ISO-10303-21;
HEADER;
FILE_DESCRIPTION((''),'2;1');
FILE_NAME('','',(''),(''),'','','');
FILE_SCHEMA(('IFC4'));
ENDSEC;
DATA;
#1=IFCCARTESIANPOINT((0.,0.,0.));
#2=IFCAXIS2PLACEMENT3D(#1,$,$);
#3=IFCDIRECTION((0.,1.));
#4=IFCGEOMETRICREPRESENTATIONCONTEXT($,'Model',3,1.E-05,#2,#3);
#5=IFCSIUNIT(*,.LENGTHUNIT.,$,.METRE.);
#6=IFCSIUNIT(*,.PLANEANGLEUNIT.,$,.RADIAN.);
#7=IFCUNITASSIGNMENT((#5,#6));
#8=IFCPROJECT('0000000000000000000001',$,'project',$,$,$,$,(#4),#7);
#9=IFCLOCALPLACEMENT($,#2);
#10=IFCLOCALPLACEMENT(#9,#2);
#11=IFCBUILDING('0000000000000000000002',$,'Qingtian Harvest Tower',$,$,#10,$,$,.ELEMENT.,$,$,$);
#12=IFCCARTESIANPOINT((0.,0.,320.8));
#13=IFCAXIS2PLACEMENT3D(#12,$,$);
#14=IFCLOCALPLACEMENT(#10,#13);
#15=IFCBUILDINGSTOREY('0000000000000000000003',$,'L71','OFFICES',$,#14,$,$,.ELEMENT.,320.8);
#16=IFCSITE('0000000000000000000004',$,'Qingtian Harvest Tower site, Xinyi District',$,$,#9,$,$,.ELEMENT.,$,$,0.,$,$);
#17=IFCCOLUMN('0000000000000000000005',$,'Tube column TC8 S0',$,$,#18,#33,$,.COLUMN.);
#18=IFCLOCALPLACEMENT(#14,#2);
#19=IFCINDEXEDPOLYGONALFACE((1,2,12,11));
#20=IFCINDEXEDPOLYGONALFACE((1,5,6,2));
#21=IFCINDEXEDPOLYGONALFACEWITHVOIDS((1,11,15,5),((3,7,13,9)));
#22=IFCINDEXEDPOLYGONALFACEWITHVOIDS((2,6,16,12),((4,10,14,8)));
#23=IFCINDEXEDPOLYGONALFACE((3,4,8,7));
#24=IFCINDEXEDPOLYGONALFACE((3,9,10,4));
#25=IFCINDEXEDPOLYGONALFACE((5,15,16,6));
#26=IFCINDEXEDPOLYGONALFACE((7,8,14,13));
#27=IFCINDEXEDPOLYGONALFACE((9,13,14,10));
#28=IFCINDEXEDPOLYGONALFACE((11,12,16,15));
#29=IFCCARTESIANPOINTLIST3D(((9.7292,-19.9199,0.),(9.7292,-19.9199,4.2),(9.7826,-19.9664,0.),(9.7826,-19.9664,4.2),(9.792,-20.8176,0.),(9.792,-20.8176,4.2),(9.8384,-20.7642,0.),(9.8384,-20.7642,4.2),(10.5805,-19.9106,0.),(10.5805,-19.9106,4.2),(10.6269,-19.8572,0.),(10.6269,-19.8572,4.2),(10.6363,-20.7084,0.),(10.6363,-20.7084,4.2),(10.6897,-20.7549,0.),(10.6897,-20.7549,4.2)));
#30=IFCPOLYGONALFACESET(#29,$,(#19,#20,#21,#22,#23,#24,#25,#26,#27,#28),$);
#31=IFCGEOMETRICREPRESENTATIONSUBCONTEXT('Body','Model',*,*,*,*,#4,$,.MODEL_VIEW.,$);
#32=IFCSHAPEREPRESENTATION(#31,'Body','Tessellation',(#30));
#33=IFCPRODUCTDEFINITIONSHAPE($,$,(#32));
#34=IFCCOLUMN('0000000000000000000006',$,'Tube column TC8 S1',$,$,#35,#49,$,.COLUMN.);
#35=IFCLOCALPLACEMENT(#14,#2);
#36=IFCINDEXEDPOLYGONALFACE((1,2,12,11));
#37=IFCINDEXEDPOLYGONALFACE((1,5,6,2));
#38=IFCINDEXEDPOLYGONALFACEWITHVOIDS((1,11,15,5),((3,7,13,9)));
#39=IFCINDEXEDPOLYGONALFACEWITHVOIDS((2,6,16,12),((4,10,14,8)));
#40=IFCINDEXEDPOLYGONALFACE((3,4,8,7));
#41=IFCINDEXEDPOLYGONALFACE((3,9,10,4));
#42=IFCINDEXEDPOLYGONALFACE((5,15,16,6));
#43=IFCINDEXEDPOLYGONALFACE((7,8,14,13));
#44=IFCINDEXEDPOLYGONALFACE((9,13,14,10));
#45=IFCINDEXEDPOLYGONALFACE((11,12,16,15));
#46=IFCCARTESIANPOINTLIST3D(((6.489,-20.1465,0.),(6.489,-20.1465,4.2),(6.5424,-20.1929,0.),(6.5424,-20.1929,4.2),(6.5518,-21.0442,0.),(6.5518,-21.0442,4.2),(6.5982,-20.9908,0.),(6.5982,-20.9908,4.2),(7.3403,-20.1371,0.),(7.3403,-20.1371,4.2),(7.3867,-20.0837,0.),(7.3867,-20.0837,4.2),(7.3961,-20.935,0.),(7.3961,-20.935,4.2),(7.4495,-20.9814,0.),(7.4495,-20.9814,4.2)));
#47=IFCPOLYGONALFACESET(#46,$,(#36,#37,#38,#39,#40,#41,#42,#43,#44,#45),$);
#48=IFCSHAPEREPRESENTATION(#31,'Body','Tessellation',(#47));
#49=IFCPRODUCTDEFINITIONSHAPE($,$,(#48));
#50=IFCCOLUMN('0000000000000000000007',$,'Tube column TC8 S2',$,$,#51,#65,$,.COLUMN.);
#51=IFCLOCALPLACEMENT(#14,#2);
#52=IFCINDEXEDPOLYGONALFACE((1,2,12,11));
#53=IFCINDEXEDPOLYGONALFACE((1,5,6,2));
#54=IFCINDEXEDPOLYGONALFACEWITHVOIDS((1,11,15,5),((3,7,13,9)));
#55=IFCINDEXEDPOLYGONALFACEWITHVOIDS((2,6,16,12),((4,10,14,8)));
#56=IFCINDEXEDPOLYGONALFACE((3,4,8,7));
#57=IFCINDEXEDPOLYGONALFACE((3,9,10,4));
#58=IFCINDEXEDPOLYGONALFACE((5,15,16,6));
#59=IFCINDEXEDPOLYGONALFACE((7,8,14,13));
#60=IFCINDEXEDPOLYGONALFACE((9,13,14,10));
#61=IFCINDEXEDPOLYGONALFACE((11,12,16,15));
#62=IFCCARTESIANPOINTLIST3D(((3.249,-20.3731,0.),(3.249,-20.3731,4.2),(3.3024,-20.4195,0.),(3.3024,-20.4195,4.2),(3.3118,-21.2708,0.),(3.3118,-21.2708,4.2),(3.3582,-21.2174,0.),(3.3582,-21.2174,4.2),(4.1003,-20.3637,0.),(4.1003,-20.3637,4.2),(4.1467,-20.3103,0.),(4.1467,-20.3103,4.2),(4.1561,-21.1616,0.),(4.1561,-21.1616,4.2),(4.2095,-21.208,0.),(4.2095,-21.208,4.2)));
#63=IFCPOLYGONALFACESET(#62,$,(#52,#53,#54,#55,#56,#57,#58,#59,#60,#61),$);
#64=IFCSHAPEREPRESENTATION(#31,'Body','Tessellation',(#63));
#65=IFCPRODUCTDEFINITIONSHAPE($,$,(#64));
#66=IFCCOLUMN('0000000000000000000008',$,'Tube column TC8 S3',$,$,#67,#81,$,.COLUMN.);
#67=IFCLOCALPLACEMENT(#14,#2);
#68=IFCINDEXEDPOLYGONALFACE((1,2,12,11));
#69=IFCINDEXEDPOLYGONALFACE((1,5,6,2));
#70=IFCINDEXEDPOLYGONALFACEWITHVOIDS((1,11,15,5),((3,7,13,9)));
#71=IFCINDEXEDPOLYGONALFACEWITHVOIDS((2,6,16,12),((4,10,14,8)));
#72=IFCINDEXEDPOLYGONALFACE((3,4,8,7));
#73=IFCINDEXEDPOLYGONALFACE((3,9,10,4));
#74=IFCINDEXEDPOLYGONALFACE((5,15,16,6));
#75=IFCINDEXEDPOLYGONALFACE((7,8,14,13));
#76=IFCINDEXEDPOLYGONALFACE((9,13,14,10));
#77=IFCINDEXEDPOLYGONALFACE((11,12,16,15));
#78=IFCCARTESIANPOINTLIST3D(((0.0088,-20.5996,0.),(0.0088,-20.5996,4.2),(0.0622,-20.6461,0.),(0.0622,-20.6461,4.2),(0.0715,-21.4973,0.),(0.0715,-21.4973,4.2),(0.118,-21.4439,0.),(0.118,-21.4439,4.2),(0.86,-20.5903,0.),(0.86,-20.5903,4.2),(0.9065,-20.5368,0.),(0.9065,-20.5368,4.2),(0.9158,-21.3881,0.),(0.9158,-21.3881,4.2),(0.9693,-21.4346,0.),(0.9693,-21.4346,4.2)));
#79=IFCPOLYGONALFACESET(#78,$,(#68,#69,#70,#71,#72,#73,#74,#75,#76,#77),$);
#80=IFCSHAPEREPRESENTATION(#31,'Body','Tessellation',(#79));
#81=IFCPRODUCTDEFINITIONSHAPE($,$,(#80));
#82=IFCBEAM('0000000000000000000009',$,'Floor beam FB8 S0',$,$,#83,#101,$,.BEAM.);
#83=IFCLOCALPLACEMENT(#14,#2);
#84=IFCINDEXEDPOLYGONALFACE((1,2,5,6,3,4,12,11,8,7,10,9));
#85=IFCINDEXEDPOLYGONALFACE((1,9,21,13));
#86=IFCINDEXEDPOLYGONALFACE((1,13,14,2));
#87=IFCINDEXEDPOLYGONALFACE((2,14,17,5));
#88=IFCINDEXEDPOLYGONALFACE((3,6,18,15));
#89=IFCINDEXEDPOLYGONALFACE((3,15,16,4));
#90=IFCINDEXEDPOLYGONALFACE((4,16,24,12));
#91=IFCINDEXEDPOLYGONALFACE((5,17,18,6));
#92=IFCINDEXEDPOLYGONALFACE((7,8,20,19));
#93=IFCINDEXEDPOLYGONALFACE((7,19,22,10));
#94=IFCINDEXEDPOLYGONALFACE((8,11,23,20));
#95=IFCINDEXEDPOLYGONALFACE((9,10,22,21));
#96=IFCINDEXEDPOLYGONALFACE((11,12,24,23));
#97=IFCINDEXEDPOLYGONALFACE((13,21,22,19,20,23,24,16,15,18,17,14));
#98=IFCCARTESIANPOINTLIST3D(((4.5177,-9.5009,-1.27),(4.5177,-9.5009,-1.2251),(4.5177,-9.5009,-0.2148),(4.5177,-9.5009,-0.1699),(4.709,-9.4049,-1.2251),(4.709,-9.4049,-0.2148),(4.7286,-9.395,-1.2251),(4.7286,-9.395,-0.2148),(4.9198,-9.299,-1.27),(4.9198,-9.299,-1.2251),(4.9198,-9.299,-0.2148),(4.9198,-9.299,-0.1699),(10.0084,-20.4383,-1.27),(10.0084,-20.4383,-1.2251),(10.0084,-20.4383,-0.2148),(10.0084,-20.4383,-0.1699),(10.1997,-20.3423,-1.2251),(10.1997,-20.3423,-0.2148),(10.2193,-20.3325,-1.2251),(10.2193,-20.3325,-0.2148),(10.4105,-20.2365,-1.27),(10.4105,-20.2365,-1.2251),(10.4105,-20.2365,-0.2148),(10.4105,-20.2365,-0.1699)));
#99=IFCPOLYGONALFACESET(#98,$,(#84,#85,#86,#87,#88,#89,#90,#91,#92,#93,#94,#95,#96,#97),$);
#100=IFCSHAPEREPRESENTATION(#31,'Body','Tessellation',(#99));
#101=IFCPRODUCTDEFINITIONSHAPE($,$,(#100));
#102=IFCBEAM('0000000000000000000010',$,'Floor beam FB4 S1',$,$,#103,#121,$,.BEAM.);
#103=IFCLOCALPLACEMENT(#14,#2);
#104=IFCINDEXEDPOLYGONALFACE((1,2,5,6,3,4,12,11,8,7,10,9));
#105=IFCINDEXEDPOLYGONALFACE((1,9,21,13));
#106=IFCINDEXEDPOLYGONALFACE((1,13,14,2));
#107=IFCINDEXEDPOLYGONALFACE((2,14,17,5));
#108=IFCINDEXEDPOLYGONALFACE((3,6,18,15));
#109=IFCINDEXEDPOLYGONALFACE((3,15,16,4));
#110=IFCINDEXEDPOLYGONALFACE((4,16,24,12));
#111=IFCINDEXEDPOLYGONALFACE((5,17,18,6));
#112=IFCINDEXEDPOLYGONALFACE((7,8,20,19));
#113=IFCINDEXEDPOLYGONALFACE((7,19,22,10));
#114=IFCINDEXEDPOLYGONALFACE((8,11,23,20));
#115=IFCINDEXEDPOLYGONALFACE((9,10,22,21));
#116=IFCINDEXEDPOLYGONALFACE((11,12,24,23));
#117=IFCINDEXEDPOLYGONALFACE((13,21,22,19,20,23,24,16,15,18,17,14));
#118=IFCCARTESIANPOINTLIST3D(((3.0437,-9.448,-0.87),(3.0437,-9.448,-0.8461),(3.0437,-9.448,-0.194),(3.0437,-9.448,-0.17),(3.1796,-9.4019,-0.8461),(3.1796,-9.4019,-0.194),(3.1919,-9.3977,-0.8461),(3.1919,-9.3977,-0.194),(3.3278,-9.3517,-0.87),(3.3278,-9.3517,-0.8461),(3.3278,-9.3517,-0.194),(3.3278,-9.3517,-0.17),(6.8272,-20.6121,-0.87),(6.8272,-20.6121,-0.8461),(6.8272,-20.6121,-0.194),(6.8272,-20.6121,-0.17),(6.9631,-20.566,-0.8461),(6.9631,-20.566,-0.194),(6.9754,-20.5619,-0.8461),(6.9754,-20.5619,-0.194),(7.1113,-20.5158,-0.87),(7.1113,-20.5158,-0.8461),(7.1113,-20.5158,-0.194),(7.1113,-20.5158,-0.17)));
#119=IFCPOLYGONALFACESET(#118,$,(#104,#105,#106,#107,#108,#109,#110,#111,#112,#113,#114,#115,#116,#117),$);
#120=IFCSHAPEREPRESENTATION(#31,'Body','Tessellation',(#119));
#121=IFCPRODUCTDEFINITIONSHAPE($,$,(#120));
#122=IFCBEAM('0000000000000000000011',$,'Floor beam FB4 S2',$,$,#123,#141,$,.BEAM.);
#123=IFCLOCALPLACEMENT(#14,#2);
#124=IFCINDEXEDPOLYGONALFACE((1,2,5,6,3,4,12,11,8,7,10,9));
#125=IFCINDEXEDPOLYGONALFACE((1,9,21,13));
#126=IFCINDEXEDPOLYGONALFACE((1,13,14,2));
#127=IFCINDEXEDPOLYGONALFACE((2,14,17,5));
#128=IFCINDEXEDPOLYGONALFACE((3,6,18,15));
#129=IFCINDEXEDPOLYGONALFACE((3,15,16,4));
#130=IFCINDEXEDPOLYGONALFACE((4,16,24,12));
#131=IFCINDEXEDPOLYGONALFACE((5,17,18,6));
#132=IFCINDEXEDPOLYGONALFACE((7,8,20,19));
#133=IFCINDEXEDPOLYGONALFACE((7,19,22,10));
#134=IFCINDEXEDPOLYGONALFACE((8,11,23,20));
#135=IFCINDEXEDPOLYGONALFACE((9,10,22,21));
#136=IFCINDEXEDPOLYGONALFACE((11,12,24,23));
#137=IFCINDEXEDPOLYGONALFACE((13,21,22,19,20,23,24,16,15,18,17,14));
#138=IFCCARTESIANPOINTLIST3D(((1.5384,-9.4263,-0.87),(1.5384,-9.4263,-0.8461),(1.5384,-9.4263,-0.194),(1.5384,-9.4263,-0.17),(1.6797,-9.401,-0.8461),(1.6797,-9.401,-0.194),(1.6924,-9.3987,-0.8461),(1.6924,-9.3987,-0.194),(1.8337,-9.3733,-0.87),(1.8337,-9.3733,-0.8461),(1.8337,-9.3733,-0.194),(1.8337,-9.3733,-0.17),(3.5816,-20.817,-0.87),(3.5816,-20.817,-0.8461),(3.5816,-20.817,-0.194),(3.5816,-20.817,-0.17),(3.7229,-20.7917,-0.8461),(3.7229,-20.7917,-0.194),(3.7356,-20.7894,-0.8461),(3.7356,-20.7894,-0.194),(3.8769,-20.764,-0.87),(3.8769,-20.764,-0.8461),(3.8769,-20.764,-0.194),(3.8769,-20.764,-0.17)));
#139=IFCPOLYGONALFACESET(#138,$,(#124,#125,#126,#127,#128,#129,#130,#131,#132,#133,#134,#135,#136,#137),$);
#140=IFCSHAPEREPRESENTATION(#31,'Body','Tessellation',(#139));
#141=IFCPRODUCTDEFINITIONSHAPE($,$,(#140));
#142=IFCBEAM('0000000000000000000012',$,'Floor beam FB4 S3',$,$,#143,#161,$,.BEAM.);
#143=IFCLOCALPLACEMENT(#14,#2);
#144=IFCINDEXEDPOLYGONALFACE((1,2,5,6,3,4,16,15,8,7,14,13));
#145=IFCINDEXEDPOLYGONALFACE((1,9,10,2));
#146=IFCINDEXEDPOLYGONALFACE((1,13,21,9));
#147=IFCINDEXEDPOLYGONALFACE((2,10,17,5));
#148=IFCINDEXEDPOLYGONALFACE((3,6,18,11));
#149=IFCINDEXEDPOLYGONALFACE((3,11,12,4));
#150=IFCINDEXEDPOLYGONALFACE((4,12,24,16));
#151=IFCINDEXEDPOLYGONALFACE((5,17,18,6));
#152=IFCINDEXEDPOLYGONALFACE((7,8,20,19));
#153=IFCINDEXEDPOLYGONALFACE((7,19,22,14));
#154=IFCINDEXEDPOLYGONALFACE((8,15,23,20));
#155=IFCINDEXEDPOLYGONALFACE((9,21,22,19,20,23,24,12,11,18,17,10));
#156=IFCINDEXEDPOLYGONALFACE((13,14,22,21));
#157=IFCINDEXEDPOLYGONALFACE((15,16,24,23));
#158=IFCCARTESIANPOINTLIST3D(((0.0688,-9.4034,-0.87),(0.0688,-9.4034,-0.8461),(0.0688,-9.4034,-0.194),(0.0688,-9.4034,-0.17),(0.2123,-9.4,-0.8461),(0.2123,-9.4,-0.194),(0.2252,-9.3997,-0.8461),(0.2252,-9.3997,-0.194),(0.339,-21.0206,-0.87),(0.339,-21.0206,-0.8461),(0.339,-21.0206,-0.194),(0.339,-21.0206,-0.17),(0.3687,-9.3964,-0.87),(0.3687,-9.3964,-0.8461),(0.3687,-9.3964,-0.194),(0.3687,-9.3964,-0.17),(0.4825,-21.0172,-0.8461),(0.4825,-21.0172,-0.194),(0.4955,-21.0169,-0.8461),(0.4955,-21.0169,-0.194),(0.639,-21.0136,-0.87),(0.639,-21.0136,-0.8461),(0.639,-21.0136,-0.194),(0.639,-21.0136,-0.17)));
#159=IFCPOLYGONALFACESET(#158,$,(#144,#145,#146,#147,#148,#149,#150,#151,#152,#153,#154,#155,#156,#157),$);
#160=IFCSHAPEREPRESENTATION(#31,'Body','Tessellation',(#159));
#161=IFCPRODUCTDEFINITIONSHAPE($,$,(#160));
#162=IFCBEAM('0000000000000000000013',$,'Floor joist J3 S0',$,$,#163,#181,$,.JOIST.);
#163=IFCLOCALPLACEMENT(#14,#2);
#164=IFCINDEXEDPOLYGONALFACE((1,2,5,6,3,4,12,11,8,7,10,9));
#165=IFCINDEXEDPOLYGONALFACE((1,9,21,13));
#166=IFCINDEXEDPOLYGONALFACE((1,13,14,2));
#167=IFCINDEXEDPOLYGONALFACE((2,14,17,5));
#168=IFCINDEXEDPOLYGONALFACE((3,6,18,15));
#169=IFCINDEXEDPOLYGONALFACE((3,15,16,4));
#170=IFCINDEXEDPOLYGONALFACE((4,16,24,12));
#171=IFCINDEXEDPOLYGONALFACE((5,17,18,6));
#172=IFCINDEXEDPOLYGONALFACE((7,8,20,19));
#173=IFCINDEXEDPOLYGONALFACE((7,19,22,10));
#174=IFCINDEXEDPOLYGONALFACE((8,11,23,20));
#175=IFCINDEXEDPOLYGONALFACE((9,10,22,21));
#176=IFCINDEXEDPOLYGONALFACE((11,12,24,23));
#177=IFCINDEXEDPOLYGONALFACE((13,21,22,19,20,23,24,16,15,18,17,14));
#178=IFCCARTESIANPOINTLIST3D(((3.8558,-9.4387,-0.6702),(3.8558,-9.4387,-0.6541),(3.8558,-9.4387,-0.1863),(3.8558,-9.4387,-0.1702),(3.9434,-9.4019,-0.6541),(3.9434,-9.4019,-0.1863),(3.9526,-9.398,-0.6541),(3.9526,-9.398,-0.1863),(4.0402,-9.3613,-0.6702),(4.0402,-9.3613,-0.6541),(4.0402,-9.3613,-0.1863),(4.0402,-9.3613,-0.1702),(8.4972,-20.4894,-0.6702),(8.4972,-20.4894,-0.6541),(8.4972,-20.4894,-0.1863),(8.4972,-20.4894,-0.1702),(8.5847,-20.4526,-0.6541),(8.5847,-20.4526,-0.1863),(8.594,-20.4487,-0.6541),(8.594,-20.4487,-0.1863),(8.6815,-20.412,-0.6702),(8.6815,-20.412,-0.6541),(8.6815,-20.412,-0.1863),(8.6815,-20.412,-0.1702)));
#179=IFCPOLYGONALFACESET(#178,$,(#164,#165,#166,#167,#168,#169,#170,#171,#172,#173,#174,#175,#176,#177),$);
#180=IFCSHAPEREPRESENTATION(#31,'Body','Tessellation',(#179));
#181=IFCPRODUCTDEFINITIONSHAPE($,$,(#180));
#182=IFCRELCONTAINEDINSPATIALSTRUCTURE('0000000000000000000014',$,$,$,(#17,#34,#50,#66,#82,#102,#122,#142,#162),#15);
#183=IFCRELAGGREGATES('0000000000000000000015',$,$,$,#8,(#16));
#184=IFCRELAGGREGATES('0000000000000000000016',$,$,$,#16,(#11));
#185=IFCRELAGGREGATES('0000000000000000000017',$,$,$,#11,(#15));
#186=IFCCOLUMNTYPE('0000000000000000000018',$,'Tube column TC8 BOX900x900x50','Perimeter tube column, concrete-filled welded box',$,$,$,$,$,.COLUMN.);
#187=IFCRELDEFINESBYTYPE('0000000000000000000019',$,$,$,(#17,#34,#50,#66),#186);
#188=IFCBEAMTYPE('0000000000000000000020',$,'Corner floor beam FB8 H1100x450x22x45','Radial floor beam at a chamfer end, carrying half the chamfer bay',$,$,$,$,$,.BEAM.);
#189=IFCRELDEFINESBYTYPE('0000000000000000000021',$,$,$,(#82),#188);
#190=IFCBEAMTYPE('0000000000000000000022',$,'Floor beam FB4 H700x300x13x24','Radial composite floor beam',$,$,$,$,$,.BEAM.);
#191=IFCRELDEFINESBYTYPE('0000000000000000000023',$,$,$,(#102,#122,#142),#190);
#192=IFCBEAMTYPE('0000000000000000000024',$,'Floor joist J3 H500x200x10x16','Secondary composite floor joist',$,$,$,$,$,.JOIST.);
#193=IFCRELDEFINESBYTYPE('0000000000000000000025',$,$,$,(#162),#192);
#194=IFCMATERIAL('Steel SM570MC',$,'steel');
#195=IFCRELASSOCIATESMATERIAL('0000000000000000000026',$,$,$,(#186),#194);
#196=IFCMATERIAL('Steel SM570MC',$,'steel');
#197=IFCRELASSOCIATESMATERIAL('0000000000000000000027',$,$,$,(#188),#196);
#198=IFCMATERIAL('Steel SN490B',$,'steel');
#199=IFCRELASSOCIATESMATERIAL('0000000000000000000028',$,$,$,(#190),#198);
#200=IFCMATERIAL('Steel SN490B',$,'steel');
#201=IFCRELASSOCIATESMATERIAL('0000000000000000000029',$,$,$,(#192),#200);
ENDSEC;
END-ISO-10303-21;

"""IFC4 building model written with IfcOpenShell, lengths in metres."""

from ifc_helpers import new_model, si_unit, direction, frame, origin, origin_2d, place, context, subcontext, project, spatial, hollow_rectangle, i_section, extrude, material, material_profile, profile_set, type_object, element, save


model = new_model("IFC4")

# Units and contexts
model_context = context("Model", 3, precision=1e-05, world=origin(), true_north=direction((0.0, 1.0)))
body_context = subcontext(model_context, "Body", "Model", "MODEL_VIEW")
ifc_project = project(units=[si_unit("LENGTHUNIT", "METRE"), si_unit("PLANEANGLEUNIT", "RADIAN")], contexts=[model_context])

# Site, building, storey
site_placement = place(None, origin())
site = spatial("IfcSite", under=ifc_project, at=site_placement, Name="Qingtian Harvest Tower site, Xinyi District", CompositionType="ELEMENT", RefElevation=0.0)
building_placement = place(site_placement, origin())
building = spatial("IfcBuilding", under=site, at=building_placement, Name="Qingtian Harvest Tower", CompositionType="ELEMENT")
storey_placement = place(building_placement, frame((0.0, 0.0, 320.8)))
storey = spatial("IfcBuildingStorey", under=building, at=storey_placement, Name="L71", Description="OFFICES", CompositionType="ELEMENT", Elevation=320.8)

# Columns
ifc_material_1 = material(Name="Steel SM570MC", Category="steel")
ifc_material_profile_1 = material_profile(ifc_material_1, hollow_rectangle(XDim=0.8999, YDim=0.8999, WallThickness=0.05, at=origin_2d()), Name="BOX900x900x50")
ifc_profile_set_1 = profile_set([ifc_material_profile_1], Name="Steel SM570MC")
column_type = type_object("IfcColumnType", Name="Tube column TC8 BOX900x900x50", Description="Perimeter tube column, concrete-filled welded box", PredefinedType="COLUMN", material=ifc_profile_set_1)
for number, where, z_axis, x_axis, name in (
    (1, (10.2095, -20.3374, 0.0), (0.0, 0.0, 1.0), (0.997564, 0.069756, 0.0), "Tube column TC8 S0"),
    (2, (6.9692, -20.564, 0.0), (0.0, 0.0, 1.0), (0.997564, 0.069756, 0.0), "Tube column TC8 S1"),
    (3, (3.7292, -20.7905, 0.0), (0.0, 0.0, 1.0), (0.997564, 0.069756, 0.0), "Tube column TC8 S2"),
    (4, (0.489, -21.0171, 0.0), (0.0, 0.0, 1.0), (0.997564, 0.069756, 0.0), "Tube column TC8 S3"),
):
    element("IfcColumn", number, at=place(storey_placement, frame(where, z_axis=z_axis, x_axis=x_axis)), inside=storey, type_object=column_type, Name=name, PredefinedType="COLUMN", context=body_context, shape_type="SweptSolid", body=[
        extrude(hollow_rectangle(XDim=0.8999, YDim=0.8999, WallThickness=0.05, at=origin_2d()), origin(), (0.0, 0.0, 1.0), 4.2),
    ])

# Beams
ifc_material_2 = material(Name="Steel SM570MC", Category="steel")
ifc_material_profile_2 = material_profile(ifc_material_2, i_section(OverallWidth=0.45, OverallDepth=1.1001, WebThickness=0.022, FlangeThickness=0.0449, at=origin_2d()), Name="H1100x450x22x45")
ifc_profile_set_2 = profile_set([ifc_material_profile_2], Name="Steel SM570MC")
beam_type_1 = type_object("IfcBeamType", Name="Corner floor beam FB8 H1100x450x22x45", Description="Radial floor beam at a chamfer end, carrying half the chamfer bay", PredefinedType="BEAM", material=ifc_profile_set_2)
beam_1_placement = place(storey_placement, frame((10.2095, -20.3374, -0.72), z_axis=(-0.448649, 0.893708, 0.0), x_axis=(-0.893708, -0.448649, 0.0)))
element("IfcBeam", 5, at=beam_1_placement, inside=storey, type_object=beam_type_1, Name="Floor beam FB8 S0", PredefinedType="BEAM", context=body_context, shape_type="SweptSolid", body=[
    extrude(i_section(OverallWidth=0.45, OverallDepth=1.1001, WebThickness=0.022, FlangeThickness=0.0449, at=origin_2d()), origin(), (0.0, 0.0, 1.0), 12.2383),
])
ifc_material_3 = material(Name="Steel SN490B", Category="steel")
ifc_material_profile_3 = material_profile(ifc_material_3, i_section(OverallWidth=0.3, OverallDepth=0.7, WebThickness=0.0129, FlangeThickness=0.0239, at=origin_2d()), Name="H700x300x13x24")
ifc_profile_set_3 = profile_set([ifc_material_profile_3], Name="Steel SN490B")
beam_type_2 = type_object("IfcBeamType", Name="Floor beam FB4 H700x300x13x24", Description="Radial composite floor beam", PredefinedType="BEAM", material=ifc_profile_set_3)
beam_2_placement = place(storey_placement, frame((6.9692, -20.564, -0.52), z_axis=(-0.320965, 0.947091, 0.0), x_axis=(-0.947091, -0.320965, 0.0)))
element("IfcBeam", 6, at=beam_2_placement, inside=storey, type_object=beam_type_2, Name="Floor beam FB4 S1", PredefinedType="BEAM", context=body_context, shape_type="SweptSolid", body=[
    extrude(i_section(OverallWidth=0.3, OverallDepth=0.7, WebThickness=0.0129, FlangeThickness=0.0239, at=origin_2d()), origin(), (0.0, 0.0, 1.0), 11.7878),
])
beam_3_placement = place(storey_placement, frame((3.7292, -20.7905, -0.52), z_axis=(-0.176559, 0.98429, 0.0), x_axis=(-0.98429, -0.176559, 0.0)))
element("IfcBeam", 7, at=beam_3_placement, inside=storey, type_object=beam_type_2, Name="Floor beam FB4 S2", PredefinedType="BEAM", context=body_context, shape_type="SweptSolid", body=[
    extrude(i_section(OverallWidth=0.3, OverallDepth=0.7, WebThickness=0.0129, FlangeThickness=0.0239, at=origin_2d()), origin(), (0.0, 0.0, 1.0), 11.5725),
])
beam_4_placement = place(storey_placement, frame((0.489, -21.0171, -0.52), z_axis=(-0.023258, 0.99973, 0.0), x_axis=(-0.99973, -0.023258, 0.0)))
element("IfcBeam", 8, at=beam_4_placement, inside=storey, type_object=beam_type_2, Name="Floor beam FB4 S3", PredefinedType="BEAM", context=body_context, shape_type="SweptSolid", body=[
    extrude(i_section(OverallWidth=0.3, OverallDepth=0.7, WebThickness=0.0129, FlangeThickness=0.0239, at=origin_2d()), origin(), (0.0, 0.0, 1.0), 11.6204),
])
ifc_material_4 = material(Name="Steel SN490B", Category="steel")
ifc_material_profile_4 = material_profile(ifc_material_4, i_section(OverallWidth=0.2, OverallDepth=0.5, WebThickness=0.01, FlangeThickness=0.0161, at=origin_2d()), Name="H500x200x10x16")
ifc_profile_set_4 = profile_set([ifc_material_profile_4], Name="Steel SN490B")
beam_type_3 = type_object("IfcBeamType", Name="Floor joist J3 H500x200x10x16", Description="Secondary composite floor joist", PredefinedType="JOIST", material=ifc_profile_set_4)
beam_5_placement = place(storey_placement, frame((8.5894, -20.4507, -0.4202), z_axis=(-0.387235, 0.921981, 0.0), x_axis=(-0.921981, -0.387235, 0.0)))
element("IfcBeam", 9, at=beam_5_placement, inside=storey, type_object=beam_type_3, Name="Floor joist J3 S0", PredefinedType="JOIST", context=body_context, shape_type="SweptSolid", body=[
    extrude(i_section(OverallWidth=0.2, OverallDepth=0.5, WebThickness=0.01, FlangeThickness=0.0161, at=origin_2d()), origin(), (0.0, 0.0, 1.0), 11.9858),
])

save(model, "model.ifc")
